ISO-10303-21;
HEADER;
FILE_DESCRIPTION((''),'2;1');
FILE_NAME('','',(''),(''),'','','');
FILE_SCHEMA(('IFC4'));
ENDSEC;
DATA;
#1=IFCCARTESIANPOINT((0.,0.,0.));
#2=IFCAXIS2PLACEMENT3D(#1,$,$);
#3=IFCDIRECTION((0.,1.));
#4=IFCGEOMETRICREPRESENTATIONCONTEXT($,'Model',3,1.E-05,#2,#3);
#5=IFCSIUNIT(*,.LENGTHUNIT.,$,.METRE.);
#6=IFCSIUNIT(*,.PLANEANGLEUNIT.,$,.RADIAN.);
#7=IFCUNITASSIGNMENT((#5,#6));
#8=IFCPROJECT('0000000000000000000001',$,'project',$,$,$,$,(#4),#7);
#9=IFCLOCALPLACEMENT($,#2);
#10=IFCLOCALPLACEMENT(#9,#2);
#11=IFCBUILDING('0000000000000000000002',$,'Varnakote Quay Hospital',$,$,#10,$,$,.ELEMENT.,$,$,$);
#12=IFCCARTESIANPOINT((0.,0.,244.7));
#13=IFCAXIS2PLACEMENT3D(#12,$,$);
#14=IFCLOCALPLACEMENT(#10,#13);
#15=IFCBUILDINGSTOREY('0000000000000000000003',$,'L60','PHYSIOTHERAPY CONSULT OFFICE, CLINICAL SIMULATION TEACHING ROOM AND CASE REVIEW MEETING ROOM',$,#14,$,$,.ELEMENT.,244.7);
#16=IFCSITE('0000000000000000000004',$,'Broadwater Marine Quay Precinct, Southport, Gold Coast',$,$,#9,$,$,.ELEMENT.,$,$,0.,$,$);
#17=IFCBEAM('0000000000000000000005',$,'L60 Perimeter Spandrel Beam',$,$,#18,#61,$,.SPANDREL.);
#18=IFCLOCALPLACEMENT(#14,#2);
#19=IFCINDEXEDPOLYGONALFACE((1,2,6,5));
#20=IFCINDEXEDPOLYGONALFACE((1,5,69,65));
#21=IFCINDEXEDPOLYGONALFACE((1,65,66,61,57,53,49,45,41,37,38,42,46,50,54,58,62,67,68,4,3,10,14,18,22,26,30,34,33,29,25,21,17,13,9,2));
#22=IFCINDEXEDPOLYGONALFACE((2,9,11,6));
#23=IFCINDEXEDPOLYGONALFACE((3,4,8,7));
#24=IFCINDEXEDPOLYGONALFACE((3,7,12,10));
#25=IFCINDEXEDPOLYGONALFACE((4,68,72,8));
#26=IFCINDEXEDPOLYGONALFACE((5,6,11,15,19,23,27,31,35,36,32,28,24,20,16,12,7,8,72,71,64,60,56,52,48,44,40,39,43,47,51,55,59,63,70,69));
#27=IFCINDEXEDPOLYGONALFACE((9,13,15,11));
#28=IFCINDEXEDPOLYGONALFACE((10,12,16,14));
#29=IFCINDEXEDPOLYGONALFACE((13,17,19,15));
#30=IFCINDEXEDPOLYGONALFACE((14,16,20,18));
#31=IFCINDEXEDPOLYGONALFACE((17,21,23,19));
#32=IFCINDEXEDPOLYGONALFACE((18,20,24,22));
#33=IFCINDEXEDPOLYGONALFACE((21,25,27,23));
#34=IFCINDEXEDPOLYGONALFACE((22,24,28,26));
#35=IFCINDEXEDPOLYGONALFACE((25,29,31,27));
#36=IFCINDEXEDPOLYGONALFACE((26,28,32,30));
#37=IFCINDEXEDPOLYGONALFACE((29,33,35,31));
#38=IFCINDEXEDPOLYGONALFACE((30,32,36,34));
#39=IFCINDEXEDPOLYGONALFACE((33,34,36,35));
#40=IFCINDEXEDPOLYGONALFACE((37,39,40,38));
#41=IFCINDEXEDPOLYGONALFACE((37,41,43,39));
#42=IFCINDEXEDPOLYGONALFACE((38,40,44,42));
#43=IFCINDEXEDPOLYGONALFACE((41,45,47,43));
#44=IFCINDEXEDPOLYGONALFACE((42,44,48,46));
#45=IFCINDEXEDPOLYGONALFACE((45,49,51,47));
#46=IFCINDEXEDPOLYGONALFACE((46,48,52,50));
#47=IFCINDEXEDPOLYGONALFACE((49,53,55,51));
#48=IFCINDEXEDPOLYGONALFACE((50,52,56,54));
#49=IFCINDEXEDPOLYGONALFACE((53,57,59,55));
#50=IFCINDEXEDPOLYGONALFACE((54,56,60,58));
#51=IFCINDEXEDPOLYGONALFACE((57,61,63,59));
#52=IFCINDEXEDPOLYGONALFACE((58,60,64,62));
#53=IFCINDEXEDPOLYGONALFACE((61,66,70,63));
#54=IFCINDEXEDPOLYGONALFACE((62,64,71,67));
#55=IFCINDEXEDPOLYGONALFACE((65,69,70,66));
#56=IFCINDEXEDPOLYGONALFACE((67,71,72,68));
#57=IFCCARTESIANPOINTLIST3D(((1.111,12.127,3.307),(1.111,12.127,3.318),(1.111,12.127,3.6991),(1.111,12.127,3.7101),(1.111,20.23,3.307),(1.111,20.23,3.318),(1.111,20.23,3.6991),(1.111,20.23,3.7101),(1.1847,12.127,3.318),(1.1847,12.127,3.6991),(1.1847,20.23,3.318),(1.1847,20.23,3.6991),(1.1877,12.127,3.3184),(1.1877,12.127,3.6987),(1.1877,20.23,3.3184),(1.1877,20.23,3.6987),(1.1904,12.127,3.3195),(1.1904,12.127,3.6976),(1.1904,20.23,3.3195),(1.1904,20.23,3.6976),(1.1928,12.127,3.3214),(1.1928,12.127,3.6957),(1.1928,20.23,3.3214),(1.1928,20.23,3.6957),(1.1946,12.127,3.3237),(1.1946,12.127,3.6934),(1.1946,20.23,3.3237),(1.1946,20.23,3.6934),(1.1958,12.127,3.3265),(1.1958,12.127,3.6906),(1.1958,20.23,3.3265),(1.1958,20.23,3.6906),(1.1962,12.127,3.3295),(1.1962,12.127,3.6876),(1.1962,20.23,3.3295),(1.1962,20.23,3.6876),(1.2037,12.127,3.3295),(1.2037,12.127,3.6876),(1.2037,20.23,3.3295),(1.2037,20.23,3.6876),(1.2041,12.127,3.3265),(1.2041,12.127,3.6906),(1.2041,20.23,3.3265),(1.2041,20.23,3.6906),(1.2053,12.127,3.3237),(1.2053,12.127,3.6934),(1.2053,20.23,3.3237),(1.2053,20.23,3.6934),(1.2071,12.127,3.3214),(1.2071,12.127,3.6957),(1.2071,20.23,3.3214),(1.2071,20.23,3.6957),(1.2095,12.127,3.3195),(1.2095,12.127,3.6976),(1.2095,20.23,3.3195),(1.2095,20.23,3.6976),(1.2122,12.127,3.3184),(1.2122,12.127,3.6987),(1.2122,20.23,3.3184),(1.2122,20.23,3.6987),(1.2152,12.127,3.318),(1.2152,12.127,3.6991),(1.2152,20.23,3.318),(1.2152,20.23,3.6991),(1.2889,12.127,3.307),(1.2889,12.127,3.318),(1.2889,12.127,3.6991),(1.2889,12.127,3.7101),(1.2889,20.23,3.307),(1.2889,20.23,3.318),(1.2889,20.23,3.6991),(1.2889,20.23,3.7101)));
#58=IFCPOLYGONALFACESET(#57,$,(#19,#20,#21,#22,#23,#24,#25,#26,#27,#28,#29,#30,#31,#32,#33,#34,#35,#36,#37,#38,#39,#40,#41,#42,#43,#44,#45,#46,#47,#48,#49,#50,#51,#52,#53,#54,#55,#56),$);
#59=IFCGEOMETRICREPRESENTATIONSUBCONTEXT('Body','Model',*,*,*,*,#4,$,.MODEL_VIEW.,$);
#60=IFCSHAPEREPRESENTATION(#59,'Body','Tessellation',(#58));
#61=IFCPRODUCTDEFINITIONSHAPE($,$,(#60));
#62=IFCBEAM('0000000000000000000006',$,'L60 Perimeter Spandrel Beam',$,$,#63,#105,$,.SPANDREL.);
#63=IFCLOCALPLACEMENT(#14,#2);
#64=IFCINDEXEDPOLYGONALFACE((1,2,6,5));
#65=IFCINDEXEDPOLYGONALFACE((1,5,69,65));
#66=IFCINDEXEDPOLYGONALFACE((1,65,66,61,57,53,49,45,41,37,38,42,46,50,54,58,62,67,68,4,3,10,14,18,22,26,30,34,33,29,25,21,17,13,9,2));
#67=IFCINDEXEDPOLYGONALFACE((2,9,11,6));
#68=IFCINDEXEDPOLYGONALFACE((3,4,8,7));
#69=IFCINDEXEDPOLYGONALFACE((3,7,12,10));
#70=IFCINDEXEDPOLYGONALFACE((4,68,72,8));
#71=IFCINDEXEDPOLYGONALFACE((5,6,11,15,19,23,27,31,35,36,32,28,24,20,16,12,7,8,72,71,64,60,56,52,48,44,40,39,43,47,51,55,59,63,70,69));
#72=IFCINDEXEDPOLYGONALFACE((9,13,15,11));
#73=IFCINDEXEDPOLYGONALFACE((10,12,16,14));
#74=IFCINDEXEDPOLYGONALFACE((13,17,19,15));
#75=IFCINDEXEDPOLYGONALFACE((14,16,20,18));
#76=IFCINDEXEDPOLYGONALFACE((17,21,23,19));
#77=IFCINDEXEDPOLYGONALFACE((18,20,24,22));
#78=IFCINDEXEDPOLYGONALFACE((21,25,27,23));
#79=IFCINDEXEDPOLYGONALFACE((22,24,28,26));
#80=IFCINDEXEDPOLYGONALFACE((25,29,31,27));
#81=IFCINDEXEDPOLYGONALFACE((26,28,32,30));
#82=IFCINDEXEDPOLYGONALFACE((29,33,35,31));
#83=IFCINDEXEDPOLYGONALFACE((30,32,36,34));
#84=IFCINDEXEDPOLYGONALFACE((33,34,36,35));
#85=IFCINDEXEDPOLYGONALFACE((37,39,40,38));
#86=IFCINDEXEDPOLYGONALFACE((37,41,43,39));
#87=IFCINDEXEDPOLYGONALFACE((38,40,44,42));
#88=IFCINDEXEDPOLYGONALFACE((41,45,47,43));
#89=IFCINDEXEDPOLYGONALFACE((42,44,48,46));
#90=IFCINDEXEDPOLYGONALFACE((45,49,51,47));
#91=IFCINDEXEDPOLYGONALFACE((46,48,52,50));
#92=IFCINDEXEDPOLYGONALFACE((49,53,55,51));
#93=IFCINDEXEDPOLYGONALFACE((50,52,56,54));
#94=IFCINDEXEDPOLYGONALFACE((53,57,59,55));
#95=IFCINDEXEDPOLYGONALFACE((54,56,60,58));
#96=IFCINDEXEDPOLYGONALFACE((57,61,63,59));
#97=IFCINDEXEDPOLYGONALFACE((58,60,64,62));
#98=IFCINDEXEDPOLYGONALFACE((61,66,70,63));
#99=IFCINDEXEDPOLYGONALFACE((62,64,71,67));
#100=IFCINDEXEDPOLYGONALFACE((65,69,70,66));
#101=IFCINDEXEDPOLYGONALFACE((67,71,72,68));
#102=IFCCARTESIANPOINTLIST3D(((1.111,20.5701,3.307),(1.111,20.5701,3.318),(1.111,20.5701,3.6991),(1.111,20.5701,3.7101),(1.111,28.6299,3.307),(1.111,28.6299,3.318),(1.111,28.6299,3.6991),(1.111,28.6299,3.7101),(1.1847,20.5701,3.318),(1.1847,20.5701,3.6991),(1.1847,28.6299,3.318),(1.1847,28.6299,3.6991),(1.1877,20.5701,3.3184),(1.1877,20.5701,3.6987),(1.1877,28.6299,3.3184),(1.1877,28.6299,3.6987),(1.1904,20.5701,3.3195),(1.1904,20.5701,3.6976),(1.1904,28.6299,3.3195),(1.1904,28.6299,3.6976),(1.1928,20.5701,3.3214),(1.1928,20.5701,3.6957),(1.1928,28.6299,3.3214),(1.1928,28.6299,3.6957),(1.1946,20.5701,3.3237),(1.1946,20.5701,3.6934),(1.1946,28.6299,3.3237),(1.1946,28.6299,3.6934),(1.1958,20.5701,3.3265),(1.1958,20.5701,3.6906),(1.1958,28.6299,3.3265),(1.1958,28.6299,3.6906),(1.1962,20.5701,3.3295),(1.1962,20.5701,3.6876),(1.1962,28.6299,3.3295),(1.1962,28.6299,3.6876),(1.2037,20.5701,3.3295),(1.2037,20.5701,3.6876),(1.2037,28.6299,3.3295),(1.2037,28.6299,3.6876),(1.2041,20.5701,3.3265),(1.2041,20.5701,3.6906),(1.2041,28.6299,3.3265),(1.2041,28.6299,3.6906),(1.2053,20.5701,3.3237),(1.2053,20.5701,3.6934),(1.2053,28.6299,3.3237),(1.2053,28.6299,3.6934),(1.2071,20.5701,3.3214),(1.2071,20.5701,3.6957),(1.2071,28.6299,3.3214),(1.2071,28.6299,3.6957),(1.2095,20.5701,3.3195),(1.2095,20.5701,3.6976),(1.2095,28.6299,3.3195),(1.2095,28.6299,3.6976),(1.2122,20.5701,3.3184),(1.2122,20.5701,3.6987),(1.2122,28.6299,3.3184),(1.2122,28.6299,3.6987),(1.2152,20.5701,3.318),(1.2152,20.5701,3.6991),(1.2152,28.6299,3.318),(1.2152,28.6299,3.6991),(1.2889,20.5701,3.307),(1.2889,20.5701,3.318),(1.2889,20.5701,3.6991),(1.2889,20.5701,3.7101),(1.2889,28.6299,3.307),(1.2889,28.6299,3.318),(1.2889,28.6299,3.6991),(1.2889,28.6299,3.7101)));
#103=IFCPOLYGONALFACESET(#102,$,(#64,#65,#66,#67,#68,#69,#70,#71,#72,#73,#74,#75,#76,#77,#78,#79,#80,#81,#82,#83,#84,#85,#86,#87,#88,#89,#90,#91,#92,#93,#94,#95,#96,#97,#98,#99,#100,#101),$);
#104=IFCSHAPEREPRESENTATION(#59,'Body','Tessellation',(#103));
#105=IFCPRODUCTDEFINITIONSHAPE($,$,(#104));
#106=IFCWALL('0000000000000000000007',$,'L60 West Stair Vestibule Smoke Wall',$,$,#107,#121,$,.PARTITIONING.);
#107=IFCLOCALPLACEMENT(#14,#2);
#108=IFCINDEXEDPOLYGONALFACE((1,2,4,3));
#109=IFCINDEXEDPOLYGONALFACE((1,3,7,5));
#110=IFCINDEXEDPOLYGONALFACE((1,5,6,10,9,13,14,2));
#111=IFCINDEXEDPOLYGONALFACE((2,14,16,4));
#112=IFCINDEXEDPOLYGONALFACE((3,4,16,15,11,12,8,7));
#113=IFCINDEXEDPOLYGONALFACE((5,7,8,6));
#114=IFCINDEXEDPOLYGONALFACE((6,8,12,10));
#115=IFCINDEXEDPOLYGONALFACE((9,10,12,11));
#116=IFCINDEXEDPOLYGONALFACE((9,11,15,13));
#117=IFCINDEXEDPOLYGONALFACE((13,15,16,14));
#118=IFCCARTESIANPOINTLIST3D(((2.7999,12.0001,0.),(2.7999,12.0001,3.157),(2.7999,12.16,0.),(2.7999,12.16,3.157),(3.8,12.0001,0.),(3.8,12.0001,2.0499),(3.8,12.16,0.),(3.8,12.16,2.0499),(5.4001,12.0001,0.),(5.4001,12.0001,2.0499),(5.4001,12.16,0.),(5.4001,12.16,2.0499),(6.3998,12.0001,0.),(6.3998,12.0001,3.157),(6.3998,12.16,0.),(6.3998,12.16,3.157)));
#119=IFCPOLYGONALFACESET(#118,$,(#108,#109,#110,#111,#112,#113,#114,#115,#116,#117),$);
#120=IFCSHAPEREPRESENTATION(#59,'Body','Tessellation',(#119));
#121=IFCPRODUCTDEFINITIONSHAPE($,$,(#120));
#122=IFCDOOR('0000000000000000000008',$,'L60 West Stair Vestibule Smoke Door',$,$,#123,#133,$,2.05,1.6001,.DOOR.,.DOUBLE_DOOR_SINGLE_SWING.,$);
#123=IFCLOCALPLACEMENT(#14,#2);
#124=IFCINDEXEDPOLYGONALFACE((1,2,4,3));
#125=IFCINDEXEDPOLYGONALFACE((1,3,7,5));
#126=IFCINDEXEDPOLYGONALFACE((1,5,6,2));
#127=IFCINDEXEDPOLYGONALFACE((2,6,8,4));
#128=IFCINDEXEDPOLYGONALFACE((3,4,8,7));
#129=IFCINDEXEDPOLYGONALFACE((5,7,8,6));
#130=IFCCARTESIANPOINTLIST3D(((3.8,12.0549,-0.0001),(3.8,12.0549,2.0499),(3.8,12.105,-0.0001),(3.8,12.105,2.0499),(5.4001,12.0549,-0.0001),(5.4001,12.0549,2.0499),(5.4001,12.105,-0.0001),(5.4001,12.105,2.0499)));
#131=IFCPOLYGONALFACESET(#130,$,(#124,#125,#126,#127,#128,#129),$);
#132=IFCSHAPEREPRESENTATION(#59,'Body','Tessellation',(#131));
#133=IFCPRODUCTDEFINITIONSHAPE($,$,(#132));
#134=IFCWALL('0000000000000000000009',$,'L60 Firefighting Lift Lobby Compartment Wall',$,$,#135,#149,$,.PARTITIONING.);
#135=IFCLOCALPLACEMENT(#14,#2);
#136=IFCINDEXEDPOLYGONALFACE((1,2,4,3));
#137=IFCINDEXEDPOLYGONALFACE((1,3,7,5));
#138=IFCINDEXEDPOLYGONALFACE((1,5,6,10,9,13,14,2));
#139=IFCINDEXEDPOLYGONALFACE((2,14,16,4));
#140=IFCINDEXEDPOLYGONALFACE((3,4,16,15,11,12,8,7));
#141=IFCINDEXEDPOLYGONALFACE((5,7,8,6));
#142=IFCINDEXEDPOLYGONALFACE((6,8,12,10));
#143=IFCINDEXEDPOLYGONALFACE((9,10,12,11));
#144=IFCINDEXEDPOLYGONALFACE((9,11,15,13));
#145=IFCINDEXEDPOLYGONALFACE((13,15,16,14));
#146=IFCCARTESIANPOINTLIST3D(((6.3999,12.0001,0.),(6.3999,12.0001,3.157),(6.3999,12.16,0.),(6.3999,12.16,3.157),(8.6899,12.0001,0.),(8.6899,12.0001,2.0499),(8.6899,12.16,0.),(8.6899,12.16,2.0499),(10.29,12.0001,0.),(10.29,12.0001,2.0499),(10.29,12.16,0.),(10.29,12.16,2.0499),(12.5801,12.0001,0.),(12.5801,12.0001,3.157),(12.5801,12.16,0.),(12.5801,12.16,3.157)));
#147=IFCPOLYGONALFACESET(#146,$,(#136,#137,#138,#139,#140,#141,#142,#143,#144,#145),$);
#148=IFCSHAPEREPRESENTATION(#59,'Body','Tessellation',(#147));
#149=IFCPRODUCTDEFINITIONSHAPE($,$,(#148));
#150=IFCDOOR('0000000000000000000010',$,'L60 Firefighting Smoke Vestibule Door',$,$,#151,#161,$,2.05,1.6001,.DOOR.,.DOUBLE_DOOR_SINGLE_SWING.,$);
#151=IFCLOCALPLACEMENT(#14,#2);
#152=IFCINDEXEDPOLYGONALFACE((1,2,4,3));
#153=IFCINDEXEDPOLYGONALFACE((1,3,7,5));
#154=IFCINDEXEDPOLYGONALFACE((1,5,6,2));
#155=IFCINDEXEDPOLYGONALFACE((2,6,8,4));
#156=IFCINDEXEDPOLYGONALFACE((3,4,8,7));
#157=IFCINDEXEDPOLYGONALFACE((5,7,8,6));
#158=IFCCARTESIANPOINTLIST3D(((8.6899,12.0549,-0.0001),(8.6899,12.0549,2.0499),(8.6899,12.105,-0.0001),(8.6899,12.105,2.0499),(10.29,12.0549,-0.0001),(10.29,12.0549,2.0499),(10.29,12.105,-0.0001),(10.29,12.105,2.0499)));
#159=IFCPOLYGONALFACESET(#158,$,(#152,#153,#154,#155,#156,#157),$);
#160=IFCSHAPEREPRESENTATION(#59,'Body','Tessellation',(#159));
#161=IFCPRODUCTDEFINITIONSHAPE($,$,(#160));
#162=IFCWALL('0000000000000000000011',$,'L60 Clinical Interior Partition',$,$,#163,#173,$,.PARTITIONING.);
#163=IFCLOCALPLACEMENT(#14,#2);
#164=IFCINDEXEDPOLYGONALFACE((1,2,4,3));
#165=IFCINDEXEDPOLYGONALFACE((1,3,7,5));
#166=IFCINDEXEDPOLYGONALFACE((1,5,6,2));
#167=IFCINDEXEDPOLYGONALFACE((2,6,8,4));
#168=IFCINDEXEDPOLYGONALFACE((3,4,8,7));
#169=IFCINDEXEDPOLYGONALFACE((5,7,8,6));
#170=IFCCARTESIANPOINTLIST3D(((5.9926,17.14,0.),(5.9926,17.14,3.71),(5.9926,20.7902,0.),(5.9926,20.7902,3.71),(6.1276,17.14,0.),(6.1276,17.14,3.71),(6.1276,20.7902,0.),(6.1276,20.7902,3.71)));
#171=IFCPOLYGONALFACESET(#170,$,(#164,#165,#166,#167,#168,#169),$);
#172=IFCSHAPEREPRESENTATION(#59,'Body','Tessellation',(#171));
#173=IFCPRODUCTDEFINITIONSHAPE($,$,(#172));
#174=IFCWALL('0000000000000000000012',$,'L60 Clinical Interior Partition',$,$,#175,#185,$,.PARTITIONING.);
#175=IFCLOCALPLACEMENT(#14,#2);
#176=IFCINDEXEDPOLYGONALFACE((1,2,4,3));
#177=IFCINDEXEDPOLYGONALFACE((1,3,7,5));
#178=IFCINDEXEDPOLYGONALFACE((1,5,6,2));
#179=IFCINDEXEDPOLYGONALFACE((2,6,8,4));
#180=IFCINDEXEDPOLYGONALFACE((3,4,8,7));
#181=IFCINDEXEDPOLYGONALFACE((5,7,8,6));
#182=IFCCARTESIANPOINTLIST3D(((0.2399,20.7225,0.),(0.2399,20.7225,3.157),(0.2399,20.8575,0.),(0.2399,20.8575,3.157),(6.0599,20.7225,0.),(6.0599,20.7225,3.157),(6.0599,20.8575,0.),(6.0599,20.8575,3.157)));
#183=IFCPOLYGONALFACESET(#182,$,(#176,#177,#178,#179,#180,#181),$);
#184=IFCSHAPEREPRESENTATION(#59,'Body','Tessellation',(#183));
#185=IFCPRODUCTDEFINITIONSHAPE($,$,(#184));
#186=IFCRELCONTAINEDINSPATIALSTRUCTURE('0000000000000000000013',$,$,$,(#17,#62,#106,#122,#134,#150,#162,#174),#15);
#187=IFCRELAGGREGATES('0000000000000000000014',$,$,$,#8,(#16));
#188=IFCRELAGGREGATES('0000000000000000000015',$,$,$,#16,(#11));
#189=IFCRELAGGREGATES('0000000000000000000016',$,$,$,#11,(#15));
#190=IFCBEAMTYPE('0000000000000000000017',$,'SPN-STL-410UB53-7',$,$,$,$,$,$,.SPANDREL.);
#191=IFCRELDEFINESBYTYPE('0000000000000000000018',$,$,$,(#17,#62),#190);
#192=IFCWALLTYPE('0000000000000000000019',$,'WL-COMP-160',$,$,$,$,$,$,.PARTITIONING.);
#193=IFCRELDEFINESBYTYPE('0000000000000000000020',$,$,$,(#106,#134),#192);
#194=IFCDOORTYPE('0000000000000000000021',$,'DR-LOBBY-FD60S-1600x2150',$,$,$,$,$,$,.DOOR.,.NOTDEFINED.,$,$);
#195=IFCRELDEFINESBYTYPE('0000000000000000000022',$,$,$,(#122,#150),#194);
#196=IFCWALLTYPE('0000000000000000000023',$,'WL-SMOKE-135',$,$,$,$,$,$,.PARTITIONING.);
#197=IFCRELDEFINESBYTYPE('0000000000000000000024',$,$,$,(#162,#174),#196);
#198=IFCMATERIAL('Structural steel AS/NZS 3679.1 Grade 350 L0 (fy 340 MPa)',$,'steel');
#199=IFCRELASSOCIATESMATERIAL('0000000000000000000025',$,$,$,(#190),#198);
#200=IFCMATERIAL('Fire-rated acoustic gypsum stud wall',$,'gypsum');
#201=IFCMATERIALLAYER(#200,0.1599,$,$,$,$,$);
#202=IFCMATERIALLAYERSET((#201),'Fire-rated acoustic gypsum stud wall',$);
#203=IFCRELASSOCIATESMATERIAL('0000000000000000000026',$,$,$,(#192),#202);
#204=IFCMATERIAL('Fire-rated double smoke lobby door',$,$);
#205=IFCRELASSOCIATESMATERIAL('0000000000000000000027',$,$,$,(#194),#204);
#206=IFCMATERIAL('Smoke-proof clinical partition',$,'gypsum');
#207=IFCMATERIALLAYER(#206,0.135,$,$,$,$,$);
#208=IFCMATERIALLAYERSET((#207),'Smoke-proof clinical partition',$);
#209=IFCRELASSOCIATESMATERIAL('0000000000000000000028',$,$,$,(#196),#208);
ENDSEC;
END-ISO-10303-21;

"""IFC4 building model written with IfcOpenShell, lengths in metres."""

from ifc_helpers import new_model, si_unit, direction, frame, frame_2d, origin, origin_2d, place, context, subcontext, project, spatial, rectangle, i_section, extrude, material, layer, layer_set, material_profile, profile_set, type_object, element, fill, save


model = new_model("IFC4")

# Units and contexts
model_context = context("Model", 3, precision=1e-05, world=origin(), true_north=direction((0.0, 1.0)))
body_context = subcontext(model_context, "Body", "Model", "MODEL_VIEW")
ifc_project = project(units=[si_unit("LENGTHUNIT", "METRE"), si_unit("PLANEANGLEUNIT", "RADIAN")], contexts=[model_context])

# Site, building, storey
site_placement = place(None, origin())
site = spatial("IfcSite", under=ifc_project, at=site_placement, Name="Broadwater Marine Quay Precinct, Southport, Gold Coast", CompositionType="ELEMENT", RefElevation=0.0)
building_placement = place(site_placement, origin())
building = spatial("IfcBuilding", under=site, at=building_placement, Name="Varnakote Quay Hospital", CompositionType="ELEMENT")
storey_placement = place(building_placement, frame((0.0, 0.0, 244.7)))
storey = spatial("IfcBuildingStorey", under=building, at=storey_placement, Name="L60", Description="PHYSIOTHERAPY CONSULT OFFICE, CLINICAL SIMULATION TEACHING ROOM AND CASE REVIEW MEETING ROOM", CompositionType="ELEMENT", Elevation=244.7)

# Beams
ifc_material_1 = material(Name="Structural steel AS/NZS 3679.1 Grade 350 L0 (fy 340 MPa)", Category="steel")
ifc_material_profile_1 = material_profile(ifc_material_1, i_section(OverallWidth=0.178, OverallDepth=0.4031, WebThickness=0.0076, FlangeThickness=0.011, FilletRadius=0.0115, at=origin_2d()), Name="410UB53.7")
ifc_profile_set_1 = profile_set([ifc_material_profile_1], Name="Structural steel AS/NZS 3679.1 Grade 350 L0 (fy 340 MPa)")
beam_type_1 = type_object("IfcBeamType", Name="SPN-STL-410UB53-7", PredefinedType="SPANDREL", material=ifc_profile_set_1)
beam_1_placement = place(storey_placement, frame((1.2, 12.127, 3.5085), z_axis=(0.0, 1.0, 0.0), x_axis=(-1.0, 0.0, 0.0)))
element("IfcBeam", 1, at=beam_1_placement, inside=storey, type_object=beam_type_1, Name="L60 Perimeter Spandrel Beam", PredefinedType="SPANDREL", context=body_context, shape_type="SweptSolid", body=[
    extrude(i_section(OverallWidth=0.178, OverallDepth=0.4031, WebThickness=0.0076, FlangeThickness=0.011, FilletRadius=0.0115, at=origin_2d()), origin(), (0.0, 0.0, 1.0), 8.103),
])
beam_2_placement = place(storey_placement, frame((1.2, 20.5701, 3.5085), z_axis=(0.0, 1.0, 0.0), x_axis=(-1.0, 0.0, 0.0)))
element("IfcBeam", 2, at=beam_2_placement, inside=storey, type_object=beam_type_1, Name="L60 Perimeter Spandrel Beam", PredefinedType="SPANDREL", context=body_context, shape_type="SweptSolid", body=[
    extrude(i_section(OverallWidth=0.178, OverallDepth=0.4031, WebThickness=0.0076, FlangeThickness=0.011, FilletRadius=0.0115, at=origin_2d()), origin(), (0.0, 0.0, 1.0), 8.0598),
])

# Walls, openings, doors
ifc_material_2 = material(Name="Fire-rated acoustic gypsum stud wall", Category="gypsum")
ifc_layer_1 = layer(ifc_material_2, 0.1599)
ifc_layer_set_1 = layer_set([ifc_layer_1], Name="Fire-rated acoustic gypsum stud wall")
wall_type_1 = type_object("IfcWallType", Name="WL-COMP-160", PredefinedType="PARTITIONING", material=ifc_layer_set_1)
wall_1_placement = place(storey_placement, frame((2.8, 12.0801, 0.0), z_axis=(0.0, 0.0, 1.0), x_axis=(1.0, 0.0, 0.0)))
wall_1 = element("IfcWall", 3, at=wall_1_placement, inside=storey, type_object=wall_type_1, Name="L60 West Stair Vestibule Smoke Wall", PredefinedType="PARTITIONING", context=body_context, shape_type="SweptSolid", body=[
    extrude(rectangle(XDim=3.5999, YDim=0.1599, at=frame_2d((1.7998, 0.0))), origin(), (0.0, 0.0, 1.0), 3.157),
])
opening_1_placement = place(wall_1_placement, frame((1.0, 0.0, 0.0)))
opening_1 = element("IfcOpeningElement", 4, at=opening_1_placement, cuts=wall_1, PredefinedType="OPENING", context=body_context, shape_type="SweptSolid", body=[
    extrude(rectangle(XDim=1.6001, YDim=2.05, at=frame_2d((0.8, 1.0249))), frame((0.0, 0.0898, 0.0), z_axis=(0.0, -1.0, 0.0), x_axis=(1.0, 0.0, 0.0)), (0.0, 0.0, 1.0), 0.1799),
])
ifc_material_3 = material(Name="Fire-rated double smoke lobby door")
door_type_1 = type_object("IfcDoorType", Name="DR-LOBBY-FD60S-1600x2150", OperationType="NOTDEFINED", PredefinedType="DOOR", material=ifc_material_3)
door_1_placement = place(opening_1_placement, origin())
door_1 = element("IfcDoor", 5, at=door_1_placement, inside=storey, type_object=door_type_1, Name="L60 West Stair Vestibule Smoke Door", OperationType="DOUBLE_DOOR_SINGLE_SWING", OverallHeight=2.05, OverallWidth=1.6001, PredefinedType="DOOR", context=body_context, shape_type="SweptSolid", body=[
    extrude(rectangle(XDim=1.6001, YDim=2.05, at=frame_2d((0.8, 1.0249))), frame((0.0, 0.0249, 0.0), z_axis=(0.0, -1.0, 0.0), x_axis=(1.0, 0.0, 0.0)), (0.0, 0.0, 1.0), 0.05),
])
fill(opening_1, door_1)
wall_2_placement = place(storey_placement, frame((6.3999, 12.0801, 0.0), z_axis=(0.0, 0.0, 1.0), x_axis=(1.0, 0.0, 0.0)))
wall_2 = element("IfcWall", 6, at=wall_2_placement, inside=storey, type_object=wall_type_1, Name="L60 Firefighting Lift Lobby Compartment Wall", PredefinedType="PARTITIONING", context=body_context, shape_type="SweptSolid", body=[
    extrude(rectangle(XDim=6.1802, YDim=0.1599, at=frame_2d((3.0901, 0.0))), origin(), (0.0, 0.0, 1.0), 3.157),
])
opening_2_placement = place(wall_2_placement, frame((2.29, 0.0, 0.0)))
opening_2 = element("IfcOpeningElement", 7, at=opening_2_placement, cuts=wall_2, PredefinedType="OPENING", context=body_context, shape_type="SweptSolid", body=[
    extrude(rectangle(XDim=1.6001, YDim=2.05, at=frame_2d((0.8, 1.0249))), frame((0.0, 0.0898, 0.0), z_axis=(0.0, -1.0, 0.0), x_axis=(1.0, 0.0, 0.0)), (0.0, 0.0, 1.0), 0.1799),
])
door_2_placement = place(opening_2_placement, origin())
door_2 = element("IfcDoor", 8, at=door_2_placement, inside=storey, type_object=door_type_1, Name="L60 Firefighting Smoke Vestibule Door", OperationType="DOUBLE_DOOR_SINGLE_SWING", OverallHeight=2.05, OverallWidth=1.6001, PredefinedType="DOOR", context=body_context, shape_type="SweptSolid", body=[
    extrude(rectangle(XDim=1.6001, YDim=2.05, at=frame_2d((0.8, 1.0249))), frame((0.0, 0.0249, 0.0), z_axis=(0.0, -1.0, 0.0), x_axis=(1.0, 0.0, 0.0)), (0.0, 0.0, 1.0), 0.05),
])
fill(opening_2, door_2)

# Walls
ifc_material_4 = material(Name="Smoke-proof clinical partition", Category="gypsum")
ifc_layer_2 = layer(ifc_material_4, 0.135)
ifc_layer_set_2 = layer_set([ifc_layer_2], Name="Smoke-proof clinical partition")
wall_type_2 = type_object("IfcWallType", Name="WL-SMOKE-135", PredefinedType="PARTITIONING", material=ifc_layer_set_2)
wall_3_placement = place(storey_placement, frame((6.0601, 17.1399, 0.0), z_axis=(0.0, 0.0, 1.0), x_axis=(0.0, 1.0, 0.0)))
element("IfcWall", 9, at=wall_3_placement, inside=storey, type_object=wall_type_2, Name="L60 Clinical Interior Partition", PredefinedType="PARTITIONING", context=body_context, shape_type="SweptSolid", body=[
    extrude(rectangle(XDim=3.6501, YDim=0.135, at=frame_2d((1.8252, 0.0))), origin(), (0.0, 0.0, 1.0), 3.71),
])
wall_4_placement = place(storey_placement, frame((6.0601, 20.79, 0.0), z_axis=(0.0, 0.0, 1.0), x_axis=(-1.0, 0.0, 0.0)))
element("IfcWall", 10, at=wall_4_placement, inside=storey, type_object=wall_type_2, Name="L60 Clinical Interior Partition", PredefinedType="PARTITIONING", context=body_context, shape_type="SweptSolid", body=[
    extrude(rectangle(XDim=5.8201, YDim=0.135, at=frame_2d((2.9102, 0.0))), origin(), (0.0, 0.0, 1.0), 3.157),
])

save(model, "model.ifc")
